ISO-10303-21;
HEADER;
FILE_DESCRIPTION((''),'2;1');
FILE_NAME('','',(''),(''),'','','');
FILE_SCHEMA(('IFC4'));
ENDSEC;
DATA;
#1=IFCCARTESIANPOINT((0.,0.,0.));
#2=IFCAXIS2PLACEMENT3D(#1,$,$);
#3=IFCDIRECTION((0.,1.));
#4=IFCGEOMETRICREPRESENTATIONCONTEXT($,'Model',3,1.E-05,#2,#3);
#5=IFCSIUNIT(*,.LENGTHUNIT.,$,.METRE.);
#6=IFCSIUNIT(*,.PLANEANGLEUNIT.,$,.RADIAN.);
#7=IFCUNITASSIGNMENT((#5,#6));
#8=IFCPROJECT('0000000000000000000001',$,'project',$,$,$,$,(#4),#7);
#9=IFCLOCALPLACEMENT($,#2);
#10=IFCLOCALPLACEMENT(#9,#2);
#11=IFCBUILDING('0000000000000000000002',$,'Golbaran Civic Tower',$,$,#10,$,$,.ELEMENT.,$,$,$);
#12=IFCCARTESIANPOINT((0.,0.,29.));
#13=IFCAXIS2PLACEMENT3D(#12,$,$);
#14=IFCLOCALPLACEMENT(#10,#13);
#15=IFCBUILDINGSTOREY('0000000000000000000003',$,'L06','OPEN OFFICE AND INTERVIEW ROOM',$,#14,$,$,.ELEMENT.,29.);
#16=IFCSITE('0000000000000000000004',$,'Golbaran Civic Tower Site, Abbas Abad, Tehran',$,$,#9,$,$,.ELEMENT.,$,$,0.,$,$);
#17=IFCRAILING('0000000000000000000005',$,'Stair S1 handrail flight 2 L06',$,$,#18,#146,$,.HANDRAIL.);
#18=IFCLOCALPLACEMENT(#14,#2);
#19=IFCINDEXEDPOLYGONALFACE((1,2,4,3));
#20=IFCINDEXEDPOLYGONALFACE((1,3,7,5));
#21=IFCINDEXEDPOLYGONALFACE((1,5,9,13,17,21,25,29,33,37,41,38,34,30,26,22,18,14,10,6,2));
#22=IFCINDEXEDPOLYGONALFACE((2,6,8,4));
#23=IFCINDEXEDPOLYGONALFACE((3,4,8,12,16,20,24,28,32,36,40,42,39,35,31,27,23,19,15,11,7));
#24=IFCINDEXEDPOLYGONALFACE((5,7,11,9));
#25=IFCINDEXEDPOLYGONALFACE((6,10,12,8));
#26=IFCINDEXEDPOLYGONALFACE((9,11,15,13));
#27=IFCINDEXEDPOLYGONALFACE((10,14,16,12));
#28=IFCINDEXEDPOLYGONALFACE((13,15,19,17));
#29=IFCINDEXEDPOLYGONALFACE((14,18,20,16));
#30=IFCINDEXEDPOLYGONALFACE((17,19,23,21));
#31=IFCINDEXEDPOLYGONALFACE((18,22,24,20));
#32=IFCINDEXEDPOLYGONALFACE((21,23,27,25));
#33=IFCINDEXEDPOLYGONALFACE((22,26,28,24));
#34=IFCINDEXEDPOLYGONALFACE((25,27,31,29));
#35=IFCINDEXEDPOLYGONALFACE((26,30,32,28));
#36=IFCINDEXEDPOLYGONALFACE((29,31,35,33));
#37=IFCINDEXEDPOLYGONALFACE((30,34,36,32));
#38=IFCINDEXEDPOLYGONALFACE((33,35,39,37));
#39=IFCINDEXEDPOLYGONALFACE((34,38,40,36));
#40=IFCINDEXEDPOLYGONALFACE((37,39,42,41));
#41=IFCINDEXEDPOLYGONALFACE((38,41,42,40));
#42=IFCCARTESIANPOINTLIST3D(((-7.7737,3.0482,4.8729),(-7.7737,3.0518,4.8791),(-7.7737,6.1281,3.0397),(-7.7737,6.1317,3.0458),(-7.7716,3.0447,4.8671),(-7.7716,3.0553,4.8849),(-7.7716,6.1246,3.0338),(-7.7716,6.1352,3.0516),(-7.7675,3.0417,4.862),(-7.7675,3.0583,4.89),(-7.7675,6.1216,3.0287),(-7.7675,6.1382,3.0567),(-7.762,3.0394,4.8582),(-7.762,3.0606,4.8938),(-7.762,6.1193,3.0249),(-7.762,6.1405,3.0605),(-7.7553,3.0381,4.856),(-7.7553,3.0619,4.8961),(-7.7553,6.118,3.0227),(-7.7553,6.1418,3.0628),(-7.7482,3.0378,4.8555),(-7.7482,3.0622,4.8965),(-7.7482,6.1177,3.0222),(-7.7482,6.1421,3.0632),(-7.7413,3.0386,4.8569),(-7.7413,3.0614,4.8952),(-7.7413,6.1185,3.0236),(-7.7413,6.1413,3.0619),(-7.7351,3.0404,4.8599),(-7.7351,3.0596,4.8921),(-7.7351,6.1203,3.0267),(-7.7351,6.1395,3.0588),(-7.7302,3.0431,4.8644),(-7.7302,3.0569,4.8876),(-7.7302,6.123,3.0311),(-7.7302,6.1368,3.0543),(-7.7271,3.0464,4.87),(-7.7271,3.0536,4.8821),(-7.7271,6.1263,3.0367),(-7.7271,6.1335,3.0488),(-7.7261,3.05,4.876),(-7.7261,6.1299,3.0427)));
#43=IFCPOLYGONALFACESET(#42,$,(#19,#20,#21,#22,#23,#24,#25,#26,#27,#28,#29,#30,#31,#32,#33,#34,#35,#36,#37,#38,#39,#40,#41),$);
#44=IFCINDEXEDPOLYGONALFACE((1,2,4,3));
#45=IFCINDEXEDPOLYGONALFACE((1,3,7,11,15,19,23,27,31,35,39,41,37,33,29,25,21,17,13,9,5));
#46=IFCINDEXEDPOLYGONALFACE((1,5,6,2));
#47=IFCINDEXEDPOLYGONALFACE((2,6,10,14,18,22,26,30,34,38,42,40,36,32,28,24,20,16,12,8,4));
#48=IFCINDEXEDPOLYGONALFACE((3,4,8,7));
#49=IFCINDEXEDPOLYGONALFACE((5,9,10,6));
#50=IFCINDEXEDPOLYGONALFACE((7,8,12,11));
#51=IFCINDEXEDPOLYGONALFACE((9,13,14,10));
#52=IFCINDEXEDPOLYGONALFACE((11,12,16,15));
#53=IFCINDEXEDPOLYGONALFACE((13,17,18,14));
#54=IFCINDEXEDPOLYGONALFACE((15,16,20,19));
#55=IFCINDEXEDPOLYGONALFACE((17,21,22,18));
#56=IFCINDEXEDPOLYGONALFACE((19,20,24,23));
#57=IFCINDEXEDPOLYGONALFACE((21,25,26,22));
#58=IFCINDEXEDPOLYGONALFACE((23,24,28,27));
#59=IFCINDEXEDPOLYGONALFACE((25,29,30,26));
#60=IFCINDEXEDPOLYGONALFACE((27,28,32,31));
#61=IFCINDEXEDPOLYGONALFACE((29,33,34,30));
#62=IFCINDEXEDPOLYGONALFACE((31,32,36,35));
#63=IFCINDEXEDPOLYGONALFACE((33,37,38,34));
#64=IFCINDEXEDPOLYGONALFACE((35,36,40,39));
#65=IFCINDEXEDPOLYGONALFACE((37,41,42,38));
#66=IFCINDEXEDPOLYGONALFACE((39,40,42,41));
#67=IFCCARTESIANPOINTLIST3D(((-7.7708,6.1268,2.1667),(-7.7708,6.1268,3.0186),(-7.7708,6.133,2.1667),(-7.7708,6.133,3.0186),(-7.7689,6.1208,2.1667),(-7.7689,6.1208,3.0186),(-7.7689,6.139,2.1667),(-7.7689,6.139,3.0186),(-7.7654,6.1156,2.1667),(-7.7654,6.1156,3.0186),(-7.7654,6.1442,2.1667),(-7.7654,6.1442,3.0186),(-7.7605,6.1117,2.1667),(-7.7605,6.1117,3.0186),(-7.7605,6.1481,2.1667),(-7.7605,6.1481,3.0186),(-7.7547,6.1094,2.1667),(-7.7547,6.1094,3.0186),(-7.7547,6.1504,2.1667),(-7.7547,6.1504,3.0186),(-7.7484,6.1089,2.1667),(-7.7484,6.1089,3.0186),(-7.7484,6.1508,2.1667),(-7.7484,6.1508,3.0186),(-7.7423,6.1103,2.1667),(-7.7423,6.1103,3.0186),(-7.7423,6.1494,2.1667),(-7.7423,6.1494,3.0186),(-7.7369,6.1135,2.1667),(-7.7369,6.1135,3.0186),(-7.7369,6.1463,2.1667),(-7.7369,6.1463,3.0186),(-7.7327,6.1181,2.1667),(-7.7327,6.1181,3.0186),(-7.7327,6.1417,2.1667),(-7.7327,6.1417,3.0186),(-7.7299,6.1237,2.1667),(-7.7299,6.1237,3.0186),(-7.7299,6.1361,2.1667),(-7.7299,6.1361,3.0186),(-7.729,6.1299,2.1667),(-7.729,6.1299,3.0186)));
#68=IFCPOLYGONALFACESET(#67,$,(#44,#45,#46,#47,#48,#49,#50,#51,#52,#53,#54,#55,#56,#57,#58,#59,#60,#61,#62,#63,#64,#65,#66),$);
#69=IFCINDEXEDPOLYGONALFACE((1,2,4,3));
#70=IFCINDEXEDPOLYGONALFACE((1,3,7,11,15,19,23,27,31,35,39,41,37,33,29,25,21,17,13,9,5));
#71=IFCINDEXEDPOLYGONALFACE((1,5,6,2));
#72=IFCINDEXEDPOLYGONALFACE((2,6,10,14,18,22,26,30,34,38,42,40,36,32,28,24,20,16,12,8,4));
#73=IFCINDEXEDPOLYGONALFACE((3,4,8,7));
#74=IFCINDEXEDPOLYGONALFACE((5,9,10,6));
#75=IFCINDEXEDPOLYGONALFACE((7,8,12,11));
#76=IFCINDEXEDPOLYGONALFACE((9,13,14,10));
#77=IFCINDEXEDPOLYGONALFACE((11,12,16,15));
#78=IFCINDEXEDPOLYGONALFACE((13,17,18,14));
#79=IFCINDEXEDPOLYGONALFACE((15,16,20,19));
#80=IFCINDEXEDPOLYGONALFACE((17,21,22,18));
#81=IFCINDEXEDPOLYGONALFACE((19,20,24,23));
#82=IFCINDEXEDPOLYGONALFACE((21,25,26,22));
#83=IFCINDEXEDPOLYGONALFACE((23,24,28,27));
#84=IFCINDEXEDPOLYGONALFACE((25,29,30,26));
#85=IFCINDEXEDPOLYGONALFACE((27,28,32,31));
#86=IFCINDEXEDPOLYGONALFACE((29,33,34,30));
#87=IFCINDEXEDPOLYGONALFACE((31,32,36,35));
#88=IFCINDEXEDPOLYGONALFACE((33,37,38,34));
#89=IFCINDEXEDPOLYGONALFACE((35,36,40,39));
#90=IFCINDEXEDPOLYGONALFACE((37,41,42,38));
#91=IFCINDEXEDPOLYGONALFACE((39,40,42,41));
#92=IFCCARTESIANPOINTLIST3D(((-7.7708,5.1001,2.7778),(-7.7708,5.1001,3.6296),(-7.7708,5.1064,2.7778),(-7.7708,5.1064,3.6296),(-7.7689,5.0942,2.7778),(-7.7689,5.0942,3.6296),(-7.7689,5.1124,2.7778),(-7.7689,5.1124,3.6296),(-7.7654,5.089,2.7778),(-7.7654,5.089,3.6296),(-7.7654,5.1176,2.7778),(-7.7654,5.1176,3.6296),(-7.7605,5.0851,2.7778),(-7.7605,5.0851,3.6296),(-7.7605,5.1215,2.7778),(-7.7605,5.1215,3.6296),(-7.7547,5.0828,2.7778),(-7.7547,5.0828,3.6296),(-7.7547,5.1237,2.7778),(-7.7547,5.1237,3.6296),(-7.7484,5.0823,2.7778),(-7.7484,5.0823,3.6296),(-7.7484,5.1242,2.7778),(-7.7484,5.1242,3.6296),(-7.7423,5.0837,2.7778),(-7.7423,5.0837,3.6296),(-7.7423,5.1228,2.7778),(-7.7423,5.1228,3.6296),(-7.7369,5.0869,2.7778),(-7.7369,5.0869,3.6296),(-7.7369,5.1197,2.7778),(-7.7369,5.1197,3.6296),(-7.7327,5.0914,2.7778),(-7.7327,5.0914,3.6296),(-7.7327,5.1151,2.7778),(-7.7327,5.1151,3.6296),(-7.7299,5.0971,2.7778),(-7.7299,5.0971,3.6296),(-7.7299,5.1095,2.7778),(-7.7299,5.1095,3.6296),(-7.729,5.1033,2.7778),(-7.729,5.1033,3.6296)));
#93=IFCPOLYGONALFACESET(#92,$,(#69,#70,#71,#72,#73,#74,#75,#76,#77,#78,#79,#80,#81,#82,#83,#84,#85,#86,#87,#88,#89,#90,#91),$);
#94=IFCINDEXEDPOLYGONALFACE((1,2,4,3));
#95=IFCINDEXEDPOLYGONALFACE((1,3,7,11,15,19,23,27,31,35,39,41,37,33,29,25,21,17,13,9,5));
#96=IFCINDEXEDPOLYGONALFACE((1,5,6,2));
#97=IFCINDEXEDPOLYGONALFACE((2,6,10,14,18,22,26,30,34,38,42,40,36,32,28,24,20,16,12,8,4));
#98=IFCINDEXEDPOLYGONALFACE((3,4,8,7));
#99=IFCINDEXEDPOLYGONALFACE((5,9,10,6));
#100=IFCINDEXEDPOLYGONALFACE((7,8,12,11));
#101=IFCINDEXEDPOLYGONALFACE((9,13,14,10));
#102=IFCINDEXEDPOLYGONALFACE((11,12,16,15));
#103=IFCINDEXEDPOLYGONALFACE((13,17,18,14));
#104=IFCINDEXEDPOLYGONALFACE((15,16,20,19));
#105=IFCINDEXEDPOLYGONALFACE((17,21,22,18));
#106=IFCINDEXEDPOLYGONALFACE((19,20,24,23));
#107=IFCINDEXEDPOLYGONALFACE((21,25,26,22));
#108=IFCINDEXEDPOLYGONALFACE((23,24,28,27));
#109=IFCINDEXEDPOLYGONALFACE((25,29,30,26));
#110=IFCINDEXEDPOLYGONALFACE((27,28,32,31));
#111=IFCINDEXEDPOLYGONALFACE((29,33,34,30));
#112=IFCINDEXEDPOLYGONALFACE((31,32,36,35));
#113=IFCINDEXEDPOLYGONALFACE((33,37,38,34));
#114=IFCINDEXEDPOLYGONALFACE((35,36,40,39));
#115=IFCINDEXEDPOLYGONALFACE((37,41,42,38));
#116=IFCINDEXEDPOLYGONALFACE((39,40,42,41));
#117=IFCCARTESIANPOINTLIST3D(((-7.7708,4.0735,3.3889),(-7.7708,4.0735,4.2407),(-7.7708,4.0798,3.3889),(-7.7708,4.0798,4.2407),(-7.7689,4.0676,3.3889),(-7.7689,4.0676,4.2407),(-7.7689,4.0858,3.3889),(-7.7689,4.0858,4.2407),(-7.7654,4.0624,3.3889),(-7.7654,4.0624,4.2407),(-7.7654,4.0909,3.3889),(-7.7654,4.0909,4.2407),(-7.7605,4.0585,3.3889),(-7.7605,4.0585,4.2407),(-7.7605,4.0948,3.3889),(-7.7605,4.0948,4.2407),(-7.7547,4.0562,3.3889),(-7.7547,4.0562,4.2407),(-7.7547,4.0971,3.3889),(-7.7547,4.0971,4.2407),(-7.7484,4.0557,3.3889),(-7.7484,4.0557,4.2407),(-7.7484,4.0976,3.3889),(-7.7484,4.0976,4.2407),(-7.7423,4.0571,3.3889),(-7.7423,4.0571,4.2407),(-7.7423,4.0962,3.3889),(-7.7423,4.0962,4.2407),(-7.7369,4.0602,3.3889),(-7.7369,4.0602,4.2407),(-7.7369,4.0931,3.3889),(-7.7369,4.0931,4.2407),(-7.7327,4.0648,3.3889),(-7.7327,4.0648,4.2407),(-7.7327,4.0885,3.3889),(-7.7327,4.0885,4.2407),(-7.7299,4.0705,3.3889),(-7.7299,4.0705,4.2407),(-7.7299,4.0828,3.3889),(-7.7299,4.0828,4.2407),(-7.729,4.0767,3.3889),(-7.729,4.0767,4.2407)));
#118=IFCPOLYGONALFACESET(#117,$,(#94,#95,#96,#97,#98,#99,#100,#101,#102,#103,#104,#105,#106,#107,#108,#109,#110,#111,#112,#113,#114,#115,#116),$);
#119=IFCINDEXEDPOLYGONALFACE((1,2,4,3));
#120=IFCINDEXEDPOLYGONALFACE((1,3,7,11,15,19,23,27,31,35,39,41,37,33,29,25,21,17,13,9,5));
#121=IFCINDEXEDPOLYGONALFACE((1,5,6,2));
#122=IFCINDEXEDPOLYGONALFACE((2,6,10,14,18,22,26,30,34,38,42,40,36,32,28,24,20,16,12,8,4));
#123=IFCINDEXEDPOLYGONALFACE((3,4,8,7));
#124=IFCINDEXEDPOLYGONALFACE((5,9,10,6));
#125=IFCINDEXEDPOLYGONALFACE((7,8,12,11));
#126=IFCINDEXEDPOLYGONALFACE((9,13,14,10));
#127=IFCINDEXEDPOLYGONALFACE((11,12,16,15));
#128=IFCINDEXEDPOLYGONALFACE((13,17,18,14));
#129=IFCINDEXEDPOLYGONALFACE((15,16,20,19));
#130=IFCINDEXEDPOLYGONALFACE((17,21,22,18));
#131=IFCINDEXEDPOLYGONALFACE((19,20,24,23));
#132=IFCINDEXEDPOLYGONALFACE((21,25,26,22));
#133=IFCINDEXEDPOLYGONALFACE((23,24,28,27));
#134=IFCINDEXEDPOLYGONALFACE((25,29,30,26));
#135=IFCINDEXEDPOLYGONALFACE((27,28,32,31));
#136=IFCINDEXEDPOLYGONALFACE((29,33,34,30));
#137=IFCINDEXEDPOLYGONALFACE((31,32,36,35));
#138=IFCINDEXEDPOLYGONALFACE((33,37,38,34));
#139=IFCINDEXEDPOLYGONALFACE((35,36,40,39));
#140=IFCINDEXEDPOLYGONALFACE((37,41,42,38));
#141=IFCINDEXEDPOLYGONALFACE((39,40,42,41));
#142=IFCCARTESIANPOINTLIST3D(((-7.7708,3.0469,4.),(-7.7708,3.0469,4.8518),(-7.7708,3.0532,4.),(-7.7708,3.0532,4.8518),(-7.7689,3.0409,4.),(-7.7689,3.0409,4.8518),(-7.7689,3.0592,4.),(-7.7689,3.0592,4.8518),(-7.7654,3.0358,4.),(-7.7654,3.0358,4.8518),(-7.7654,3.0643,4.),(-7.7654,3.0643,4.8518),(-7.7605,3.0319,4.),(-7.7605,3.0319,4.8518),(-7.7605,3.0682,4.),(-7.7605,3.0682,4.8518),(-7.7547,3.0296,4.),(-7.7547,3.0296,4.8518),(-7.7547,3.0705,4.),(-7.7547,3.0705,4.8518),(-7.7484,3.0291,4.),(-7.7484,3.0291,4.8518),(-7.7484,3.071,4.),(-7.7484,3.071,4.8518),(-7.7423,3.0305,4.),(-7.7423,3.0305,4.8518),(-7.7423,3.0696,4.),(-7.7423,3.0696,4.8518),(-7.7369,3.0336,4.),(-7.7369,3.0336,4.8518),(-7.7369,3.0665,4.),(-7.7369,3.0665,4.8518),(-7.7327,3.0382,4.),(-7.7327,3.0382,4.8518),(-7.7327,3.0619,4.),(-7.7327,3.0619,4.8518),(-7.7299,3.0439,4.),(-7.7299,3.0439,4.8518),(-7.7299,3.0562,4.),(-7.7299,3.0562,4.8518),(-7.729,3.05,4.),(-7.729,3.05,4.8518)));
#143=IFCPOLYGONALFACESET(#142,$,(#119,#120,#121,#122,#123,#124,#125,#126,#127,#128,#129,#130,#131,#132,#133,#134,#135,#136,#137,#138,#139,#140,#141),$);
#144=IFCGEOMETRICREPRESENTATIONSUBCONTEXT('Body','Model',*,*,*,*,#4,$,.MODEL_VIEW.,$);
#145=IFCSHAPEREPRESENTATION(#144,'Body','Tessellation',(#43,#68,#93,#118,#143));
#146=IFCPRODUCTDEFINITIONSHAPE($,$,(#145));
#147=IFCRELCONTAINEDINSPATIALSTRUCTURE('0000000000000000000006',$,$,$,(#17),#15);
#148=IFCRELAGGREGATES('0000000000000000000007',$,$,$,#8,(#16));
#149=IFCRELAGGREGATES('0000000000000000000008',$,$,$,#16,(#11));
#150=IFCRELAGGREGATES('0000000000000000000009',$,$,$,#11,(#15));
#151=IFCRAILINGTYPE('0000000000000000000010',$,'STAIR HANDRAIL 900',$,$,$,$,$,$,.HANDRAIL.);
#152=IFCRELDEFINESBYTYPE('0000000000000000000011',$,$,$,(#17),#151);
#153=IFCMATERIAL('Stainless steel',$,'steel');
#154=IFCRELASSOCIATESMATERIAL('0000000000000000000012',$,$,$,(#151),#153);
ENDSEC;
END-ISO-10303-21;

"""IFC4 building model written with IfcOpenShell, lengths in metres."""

from ifc_helpers import new_model, si_unit, direction, frame, origin, origin_2d, place, context, subcontext, project, spatial, circle, extrude, material, type_object, element, save


model = new_model("IFC4")

# Units and contexts
model_context = context("Model", 3, precision=1e-05, world=origin(), true_north=direction((0.0, 1.0)))
body_context = subcontext(model_context, "Body", "Model", "MODEL_VIEW")
ifc_project = project(units=[si_unit("LENGTHUNIT", "METRE"), si_unit("PLANEANGLEUNIT", "RADIAN")], contexts=[model_context])

# Site, building, storey
site_placement = place(None, origin())
site = spatial("IfcSite", under=ifc_project, at=site_placement, Name="Golbaran Civic Tower Site, Abbas Abad, Tehran", CompositionType="ELEMENT", RefElevation=0.0)
building_placement = place(site_placement, origin())
building = spatial("IfcBuilding", under=site, at=building_placement, Name="Golbaran Civic Tower", CompositionType="ELEMENT")
storey_placement = place(building_placement, frame((0.0, 0.0, 29.0)))
storey = spatial("IfcBuildingStorey", under=building, at=storey_placement, Name="L06", Description="OPEN OFFICE AND INTERVIEW ROOM", CompositionType="ELEMENT", Elevation=29.0)

# Shared definitions
ifc_material_1 = material(Name="Stainless steel", Category="steel")

# Railing
railing_type = type_object("IfcRailingType", Name="STAIR HANDRAIL 900", PredefinedType="HANDRAIL", material=ifc_material_1)
railing_1_placement = place(storey_placement, frame((-7.75, 6.1299, 2.1667)))
element("IfcRailing", 1, at=railing_1_placement, inside=storey, type_object=railing_type, Name="Stair S1 handrail flight 2 L06", PredefinedType="HANDRAIL", context=body_context, shape_type="SweptSolid", body=[
    extrude(circle(Radius=0.0239, at=origin_2d()), frame((0.0, 0.0, 0.876), z_axis=(0.0, -0.859291, 0.511487), x_axis=(1.0, 0.0, 0.0)), (0.0, 0.0, 1.0), 3.5842),
    extrude(circle(Radius=0.021, at=origin_2d()), origin(), (0.0, 0.0, 1.0), 0.8518),
    extrude(circle(Radius=0.021, at=origin_2d()), frame((0.0, -1.0266, 0.6111)), (0.0, 0.0, 1.0), 0.8518),
    extrude(circle(Radius=0.021, at=origin_2d()), frame((0.0, -2.0532, 1.2222)), (0.0, 0.0, 1.0), 0.8518),
    extrude(circle(Radius=0.021, at=origin_2d()), frame((0.0, -3.0798, 1.8333)), (0.0, 0.0, 1.0), 0.8518),
])

save(model, "model.ifc")
